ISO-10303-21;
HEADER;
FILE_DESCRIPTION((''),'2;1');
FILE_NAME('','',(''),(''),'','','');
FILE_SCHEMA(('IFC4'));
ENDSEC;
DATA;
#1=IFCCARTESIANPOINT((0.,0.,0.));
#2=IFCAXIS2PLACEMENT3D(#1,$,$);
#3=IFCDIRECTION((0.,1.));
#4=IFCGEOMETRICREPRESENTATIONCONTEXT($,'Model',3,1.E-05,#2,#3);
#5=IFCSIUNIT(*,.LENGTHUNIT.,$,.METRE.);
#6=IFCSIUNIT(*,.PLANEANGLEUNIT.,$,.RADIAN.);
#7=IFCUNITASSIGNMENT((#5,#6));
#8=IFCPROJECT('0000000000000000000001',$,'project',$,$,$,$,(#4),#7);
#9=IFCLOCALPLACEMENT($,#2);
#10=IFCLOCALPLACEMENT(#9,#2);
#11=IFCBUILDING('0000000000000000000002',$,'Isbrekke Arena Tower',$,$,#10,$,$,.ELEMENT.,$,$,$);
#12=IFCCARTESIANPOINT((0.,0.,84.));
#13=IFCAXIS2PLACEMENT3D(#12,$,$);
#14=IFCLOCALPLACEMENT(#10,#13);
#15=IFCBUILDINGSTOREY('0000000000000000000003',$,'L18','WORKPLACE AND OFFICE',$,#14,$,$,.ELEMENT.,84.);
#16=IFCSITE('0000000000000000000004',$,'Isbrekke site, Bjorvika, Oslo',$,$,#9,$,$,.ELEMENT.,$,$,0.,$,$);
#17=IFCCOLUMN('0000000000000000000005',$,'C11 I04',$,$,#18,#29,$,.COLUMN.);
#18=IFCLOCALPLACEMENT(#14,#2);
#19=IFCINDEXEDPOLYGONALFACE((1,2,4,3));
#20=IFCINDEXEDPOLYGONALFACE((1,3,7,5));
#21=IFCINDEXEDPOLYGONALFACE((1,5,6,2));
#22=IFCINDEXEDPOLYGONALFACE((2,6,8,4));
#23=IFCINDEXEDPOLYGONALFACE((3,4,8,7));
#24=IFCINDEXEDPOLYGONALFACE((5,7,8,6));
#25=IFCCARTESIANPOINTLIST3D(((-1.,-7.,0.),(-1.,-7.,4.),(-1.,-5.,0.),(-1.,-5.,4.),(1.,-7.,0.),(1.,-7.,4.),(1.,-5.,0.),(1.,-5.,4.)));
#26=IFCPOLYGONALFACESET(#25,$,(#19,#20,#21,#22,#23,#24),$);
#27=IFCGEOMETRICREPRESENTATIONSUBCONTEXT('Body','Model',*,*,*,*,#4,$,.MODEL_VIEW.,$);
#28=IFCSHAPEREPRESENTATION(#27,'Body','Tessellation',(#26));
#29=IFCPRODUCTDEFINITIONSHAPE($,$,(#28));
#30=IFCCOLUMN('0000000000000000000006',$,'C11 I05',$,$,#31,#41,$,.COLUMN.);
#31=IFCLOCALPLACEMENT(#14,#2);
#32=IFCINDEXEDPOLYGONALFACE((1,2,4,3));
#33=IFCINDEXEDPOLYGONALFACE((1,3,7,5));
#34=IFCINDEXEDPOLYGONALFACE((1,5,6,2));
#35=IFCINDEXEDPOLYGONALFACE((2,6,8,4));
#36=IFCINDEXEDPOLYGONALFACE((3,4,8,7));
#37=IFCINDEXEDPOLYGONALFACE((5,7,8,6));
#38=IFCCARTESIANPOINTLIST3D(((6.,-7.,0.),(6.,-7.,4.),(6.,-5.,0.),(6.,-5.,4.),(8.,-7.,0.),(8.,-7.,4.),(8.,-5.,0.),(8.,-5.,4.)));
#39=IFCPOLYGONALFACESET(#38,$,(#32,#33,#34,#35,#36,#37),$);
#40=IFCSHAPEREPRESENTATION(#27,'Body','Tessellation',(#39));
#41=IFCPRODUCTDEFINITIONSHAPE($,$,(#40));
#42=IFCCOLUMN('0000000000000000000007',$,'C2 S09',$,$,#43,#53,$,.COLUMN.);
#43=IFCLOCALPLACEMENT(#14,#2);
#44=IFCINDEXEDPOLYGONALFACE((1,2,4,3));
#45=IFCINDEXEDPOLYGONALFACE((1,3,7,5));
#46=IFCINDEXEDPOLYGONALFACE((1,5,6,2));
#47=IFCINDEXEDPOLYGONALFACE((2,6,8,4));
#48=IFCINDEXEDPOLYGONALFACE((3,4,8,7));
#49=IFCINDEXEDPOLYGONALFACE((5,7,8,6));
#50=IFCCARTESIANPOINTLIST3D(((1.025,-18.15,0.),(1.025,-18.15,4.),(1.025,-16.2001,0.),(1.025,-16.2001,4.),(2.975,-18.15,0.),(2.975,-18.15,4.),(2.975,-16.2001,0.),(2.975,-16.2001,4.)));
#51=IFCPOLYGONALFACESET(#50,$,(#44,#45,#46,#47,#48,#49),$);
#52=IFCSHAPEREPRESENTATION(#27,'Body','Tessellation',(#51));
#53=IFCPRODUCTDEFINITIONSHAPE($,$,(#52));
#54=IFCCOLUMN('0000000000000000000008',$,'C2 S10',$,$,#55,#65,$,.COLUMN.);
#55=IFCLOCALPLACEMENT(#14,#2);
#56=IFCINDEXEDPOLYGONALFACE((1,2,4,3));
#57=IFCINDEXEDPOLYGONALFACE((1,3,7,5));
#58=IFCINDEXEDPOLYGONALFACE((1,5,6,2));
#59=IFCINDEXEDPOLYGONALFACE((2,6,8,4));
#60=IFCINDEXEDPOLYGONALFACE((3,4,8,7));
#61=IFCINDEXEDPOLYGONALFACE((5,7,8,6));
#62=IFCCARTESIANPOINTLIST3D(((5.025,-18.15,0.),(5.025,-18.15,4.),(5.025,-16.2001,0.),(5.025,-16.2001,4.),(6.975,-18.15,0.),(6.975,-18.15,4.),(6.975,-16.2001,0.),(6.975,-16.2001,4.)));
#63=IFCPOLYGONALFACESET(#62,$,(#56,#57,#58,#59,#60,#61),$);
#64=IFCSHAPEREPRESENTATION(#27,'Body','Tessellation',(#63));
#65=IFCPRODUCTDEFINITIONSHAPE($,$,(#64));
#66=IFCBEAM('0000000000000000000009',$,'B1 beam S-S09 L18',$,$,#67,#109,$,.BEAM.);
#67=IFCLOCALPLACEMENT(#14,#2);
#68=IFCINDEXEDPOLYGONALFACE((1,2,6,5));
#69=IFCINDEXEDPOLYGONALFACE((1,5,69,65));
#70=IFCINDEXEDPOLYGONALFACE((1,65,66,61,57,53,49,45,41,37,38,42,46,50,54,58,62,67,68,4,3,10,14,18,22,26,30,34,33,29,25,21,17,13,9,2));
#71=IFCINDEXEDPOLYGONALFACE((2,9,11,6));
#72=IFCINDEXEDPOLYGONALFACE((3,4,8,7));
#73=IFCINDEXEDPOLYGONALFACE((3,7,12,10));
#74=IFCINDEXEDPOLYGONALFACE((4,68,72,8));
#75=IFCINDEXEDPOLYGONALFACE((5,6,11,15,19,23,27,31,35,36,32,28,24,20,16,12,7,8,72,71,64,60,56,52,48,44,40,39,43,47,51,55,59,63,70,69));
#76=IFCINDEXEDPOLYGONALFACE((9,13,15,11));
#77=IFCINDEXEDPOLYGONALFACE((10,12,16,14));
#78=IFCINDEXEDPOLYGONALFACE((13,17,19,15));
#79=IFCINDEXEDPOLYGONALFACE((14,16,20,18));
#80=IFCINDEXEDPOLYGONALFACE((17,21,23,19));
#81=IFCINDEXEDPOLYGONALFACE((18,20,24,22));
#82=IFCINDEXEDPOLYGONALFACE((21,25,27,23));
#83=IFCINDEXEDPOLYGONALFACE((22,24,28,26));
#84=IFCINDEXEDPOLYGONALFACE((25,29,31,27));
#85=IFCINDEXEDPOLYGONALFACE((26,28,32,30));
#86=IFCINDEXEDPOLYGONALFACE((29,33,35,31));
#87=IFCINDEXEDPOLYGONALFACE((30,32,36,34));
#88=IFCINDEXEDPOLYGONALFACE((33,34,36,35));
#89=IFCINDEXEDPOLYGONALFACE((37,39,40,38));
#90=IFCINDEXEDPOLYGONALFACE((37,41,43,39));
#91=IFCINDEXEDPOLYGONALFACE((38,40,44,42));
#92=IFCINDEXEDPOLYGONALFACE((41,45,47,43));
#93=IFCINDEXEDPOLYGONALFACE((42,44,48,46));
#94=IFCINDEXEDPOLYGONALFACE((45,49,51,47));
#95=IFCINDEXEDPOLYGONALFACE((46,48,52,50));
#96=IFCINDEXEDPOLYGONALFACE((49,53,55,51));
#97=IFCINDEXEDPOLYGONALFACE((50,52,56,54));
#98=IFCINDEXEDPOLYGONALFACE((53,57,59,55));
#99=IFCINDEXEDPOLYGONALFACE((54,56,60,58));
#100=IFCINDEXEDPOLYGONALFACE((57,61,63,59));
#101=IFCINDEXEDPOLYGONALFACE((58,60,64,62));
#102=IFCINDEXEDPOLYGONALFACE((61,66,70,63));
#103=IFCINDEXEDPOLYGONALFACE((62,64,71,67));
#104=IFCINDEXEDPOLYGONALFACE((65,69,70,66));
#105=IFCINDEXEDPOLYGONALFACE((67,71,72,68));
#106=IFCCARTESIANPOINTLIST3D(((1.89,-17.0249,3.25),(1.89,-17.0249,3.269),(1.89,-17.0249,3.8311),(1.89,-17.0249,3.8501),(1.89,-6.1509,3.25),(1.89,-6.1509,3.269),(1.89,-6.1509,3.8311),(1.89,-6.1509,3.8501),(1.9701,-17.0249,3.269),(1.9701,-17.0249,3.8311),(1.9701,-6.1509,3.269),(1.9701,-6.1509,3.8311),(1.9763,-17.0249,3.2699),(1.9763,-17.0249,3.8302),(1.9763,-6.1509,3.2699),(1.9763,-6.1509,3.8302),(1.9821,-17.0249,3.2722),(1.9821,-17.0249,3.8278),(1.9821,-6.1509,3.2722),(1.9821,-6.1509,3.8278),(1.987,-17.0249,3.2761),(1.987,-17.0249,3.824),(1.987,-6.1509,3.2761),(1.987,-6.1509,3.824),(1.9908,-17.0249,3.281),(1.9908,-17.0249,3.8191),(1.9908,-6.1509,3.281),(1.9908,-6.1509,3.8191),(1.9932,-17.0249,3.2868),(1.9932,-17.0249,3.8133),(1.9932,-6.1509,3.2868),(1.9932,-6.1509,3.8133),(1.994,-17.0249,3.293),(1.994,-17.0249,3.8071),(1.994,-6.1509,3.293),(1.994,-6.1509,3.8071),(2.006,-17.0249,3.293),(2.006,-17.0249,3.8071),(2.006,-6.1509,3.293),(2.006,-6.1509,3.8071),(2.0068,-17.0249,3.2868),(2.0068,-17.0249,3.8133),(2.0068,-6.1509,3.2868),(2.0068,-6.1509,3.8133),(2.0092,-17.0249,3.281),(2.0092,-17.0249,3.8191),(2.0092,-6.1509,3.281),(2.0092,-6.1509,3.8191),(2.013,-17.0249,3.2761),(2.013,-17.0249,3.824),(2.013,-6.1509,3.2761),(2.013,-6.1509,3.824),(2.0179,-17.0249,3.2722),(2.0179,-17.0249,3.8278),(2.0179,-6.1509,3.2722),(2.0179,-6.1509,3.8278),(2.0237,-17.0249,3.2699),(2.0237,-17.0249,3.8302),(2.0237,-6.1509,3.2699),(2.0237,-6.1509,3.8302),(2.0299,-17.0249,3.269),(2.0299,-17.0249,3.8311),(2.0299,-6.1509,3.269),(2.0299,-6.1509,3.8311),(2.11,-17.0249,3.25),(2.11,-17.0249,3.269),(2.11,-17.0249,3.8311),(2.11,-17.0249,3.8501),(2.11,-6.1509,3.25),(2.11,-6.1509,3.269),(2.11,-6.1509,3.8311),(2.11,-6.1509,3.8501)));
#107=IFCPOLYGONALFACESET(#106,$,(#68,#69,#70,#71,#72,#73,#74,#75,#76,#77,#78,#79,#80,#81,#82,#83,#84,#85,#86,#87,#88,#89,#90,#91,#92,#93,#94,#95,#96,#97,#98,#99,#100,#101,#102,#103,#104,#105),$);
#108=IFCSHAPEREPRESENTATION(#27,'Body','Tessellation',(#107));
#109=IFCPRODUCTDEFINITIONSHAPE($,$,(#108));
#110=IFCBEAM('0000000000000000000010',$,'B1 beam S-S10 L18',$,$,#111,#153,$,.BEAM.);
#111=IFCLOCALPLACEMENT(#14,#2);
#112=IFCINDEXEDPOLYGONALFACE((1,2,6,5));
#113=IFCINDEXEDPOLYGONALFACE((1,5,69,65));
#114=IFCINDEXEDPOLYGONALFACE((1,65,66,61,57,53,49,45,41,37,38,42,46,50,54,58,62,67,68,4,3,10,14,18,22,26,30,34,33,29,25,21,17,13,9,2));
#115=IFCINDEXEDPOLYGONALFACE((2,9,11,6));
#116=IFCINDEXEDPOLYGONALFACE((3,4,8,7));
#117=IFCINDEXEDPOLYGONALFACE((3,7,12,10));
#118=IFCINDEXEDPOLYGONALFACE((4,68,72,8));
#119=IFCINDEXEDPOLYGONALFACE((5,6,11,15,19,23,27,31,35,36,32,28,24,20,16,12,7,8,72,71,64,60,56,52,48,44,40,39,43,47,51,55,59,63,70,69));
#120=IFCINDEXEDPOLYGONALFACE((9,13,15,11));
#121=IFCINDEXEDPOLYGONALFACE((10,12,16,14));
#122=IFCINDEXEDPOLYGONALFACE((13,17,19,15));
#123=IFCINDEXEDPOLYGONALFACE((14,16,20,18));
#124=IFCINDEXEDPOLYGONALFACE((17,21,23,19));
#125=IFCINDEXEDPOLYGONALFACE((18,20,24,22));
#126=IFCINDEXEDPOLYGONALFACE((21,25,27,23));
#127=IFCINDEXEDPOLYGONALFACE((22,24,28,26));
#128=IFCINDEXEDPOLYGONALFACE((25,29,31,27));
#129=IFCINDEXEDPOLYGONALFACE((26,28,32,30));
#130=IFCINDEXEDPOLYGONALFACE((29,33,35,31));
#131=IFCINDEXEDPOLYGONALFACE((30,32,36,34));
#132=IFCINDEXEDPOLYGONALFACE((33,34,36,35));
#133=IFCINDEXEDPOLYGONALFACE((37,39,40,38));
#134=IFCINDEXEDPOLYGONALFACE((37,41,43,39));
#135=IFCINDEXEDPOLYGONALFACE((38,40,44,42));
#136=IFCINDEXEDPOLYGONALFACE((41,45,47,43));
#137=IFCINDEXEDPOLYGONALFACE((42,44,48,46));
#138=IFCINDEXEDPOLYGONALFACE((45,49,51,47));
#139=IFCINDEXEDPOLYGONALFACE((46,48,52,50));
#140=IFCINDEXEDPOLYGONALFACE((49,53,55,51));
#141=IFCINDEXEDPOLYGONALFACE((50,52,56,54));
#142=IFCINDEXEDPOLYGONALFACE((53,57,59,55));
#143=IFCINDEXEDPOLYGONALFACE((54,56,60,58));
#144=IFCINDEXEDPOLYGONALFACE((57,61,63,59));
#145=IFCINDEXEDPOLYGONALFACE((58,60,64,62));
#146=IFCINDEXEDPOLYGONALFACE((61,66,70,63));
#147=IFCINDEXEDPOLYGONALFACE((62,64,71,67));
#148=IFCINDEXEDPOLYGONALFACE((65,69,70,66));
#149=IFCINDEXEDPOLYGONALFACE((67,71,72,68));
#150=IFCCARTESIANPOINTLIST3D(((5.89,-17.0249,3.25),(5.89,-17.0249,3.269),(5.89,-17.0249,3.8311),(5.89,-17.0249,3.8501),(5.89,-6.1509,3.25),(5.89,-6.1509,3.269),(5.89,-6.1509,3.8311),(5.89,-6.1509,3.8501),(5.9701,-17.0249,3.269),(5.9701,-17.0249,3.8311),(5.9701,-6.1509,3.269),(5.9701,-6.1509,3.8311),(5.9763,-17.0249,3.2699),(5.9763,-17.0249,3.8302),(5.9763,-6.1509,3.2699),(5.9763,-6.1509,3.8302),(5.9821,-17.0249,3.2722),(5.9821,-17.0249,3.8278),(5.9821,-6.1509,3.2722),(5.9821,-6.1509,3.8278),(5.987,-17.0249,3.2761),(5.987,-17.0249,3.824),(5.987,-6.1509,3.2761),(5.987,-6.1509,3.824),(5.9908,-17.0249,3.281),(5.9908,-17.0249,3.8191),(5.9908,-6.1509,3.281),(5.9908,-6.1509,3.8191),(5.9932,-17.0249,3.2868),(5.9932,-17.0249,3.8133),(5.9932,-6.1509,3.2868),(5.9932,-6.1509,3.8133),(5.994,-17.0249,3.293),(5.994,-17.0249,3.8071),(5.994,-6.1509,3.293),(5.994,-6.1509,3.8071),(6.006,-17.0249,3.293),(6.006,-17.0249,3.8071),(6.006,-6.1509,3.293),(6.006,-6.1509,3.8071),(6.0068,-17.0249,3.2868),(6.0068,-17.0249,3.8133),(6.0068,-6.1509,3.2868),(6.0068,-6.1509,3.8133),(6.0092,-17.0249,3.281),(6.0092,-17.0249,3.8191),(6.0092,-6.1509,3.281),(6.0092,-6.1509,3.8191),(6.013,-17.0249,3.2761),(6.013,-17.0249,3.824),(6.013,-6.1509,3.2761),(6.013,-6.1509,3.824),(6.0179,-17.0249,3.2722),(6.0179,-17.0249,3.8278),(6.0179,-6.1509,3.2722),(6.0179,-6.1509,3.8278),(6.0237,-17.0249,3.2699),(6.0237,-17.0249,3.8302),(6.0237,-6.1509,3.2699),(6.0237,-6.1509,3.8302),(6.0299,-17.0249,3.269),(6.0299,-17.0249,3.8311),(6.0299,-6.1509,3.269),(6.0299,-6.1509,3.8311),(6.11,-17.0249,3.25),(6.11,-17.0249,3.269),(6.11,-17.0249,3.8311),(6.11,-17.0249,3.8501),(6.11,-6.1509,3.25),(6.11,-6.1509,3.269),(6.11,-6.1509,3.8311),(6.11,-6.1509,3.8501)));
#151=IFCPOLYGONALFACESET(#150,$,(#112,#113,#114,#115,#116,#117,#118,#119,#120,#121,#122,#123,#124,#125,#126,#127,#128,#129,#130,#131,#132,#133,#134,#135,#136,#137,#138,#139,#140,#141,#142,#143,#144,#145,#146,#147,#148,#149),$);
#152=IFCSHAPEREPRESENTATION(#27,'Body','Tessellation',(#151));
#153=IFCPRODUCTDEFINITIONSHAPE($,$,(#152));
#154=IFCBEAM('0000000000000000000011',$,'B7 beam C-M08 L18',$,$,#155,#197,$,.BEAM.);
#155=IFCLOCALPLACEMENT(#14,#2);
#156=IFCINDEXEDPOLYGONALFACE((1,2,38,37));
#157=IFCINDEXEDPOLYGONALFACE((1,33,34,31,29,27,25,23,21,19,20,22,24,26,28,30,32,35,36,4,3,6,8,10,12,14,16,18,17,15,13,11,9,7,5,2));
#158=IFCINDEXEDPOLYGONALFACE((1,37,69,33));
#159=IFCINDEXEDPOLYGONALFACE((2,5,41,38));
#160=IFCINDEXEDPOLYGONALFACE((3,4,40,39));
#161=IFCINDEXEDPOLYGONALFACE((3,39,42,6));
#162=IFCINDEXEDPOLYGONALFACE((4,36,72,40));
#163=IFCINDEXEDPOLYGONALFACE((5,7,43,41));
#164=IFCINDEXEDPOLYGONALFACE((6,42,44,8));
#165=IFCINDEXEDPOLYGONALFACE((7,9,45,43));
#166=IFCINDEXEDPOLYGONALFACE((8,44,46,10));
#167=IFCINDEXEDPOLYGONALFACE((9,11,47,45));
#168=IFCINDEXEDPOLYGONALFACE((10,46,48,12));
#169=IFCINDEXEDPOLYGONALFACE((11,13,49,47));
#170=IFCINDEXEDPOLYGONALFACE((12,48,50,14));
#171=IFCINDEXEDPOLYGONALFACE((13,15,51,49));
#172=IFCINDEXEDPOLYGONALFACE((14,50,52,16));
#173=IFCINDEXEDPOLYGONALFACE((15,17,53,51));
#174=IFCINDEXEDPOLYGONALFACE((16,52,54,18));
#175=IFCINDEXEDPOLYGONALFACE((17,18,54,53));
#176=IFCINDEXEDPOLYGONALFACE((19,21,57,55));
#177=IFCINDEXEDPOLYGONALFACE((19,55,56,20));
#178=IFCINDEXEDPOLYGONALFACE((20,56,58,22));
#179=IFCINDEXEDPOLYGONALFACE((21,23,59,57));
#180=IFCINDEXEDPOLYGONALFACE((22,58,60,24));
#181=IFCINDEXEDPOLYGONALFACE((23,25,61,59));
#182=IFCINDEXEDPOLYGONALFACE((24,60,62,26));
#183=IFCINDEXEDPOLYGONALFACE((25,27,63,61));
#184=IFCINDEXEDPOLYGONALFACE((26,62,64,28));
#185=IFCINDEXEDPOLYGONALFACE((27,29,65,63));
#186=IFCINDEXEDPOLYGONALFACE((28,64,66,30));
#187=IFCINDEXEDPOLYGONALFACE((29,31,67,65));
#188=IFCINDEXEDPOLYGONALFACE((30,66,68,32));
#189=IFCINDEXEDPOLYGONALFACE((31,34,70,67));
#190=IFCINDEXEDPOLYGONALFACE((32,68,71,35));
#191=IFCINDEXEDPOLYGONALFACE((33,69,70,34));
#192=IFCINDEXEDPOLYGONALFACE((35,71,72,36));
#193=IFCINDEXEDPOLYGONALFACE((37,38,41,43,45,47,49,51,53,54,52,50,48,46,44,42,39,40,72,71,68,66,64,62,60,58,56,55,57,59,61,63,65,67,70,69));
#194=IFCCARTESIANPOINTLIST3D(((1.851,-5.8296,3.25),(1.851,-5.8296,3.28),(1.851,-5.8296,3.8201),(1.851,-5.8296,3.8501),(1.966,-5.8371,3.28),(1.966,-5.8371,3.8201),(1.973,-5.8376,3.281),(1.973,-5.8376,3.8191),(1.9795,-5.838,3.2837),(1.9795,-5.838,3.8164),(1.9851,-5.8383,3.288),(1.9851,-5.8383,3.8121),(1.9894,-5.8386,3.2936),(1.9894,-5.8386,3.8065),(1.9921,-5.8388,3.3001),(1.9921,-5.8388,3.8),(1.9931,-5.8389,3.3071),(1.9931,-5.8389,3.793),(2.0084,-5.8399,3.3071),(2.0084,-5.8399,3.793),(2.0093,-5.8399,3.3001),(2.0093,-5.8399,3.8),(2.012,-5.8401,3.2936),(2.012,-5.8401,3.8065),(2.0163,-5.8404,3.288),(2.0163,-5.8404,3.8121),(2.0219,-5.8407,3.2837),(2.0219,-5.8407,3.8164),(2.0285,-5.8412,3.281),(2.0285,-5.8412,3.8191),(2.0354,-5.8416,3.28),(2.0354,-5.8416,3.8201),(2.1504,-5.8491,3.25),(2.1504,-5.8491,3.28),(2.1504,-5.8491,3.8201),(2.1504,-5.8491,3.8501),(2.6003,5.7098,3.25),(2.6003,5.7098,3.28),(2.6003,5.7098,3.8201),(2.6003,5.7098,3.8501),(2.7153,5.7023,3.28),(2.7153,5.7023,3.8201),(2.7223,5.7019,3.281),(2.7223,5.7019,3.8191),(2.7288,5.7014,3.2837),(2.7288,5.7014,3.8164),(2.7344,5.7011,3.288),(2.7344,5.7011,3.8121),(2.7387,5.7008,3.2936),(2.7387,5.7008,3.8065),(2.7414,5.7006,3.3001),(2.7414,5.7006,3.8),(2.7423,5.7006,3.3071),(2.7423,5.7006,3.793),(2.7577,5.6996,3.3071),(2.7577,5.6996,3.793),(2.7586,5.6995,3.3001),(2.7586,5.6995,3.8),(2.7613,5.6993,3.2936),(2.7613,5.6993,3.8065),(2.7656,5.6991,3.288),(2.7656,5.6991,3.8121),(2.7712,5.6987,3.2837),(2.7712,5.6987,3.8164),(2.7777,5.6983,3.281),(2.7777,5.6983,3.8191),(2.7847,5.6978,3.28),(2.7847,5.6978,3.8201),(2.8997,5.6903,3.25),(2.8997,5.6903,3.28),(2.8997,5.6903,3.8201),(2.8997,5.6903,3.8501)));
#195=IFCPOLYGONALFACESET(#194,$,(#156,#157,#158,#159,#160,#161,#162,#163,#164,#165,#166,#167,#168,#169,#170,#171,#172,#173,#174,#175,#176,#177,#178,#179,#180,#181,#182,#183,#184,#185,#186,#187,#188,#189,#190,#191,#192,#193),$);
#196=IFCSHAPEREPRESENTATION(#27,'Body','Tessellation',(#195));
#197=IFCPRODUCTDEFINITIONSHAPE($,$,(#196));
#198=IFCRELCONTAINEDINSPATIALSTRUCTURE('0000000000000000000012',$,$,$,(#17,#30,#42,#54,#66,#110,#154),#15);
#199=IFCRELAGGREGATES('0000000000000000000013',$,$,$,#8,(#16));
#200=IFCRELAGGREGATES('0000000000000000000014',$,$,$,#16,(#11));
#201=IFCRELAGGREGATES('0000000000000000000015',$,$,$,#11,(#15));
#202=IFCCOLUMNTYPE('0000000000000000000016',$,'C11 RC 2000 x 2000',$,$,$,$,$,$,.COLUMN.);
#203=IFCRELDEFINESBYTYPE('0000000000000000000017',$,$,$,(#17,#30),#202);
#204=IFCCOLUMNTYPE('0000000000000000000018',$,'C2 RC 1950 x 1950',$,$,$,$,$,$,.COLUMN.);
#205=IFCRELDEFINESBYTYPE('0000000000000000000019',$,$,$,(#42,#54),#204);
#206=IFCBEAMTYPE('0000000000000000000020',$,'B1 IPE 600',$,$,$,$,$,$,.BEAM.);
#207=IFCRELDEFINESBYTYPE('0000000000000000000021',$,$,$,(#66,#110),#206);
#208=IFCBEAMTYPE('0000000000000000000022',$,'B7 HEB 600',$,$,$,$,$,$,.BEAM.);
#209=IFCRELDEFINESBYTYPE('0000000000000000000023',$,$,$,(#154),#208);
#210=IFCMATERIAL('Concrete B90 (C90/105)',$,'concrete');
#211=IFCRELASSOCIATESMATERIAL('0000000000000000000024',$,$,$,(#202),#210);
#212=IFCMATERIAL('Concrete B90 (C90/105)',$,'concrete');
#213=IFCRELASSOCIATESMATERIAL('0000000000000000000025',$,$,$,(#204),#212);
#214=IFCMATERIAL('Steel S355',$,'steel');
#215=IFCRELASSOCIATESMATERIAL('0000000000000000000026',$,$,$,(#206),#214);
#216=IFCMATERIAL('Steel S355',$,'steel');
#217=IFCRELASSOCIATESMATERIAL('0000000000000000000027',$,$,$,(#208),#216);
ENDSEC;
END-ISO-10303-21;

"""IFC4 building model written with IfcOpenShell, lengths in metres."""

from ifc_helpers import new_model, si_unit, direction, frame, origin, origin_2d, place, context, subcontext, project, spatial, rectangle, i_section, extrude, material, material_profile, profile_set, type_object, element, save


model = new_model("IFC4")

# Units and contexts
model_context = context("Model", 3, precision=1e-05, world=origin(), true_north=direction((0.0, 1.0)))
body_context = subcontext(model_context, "Body", "Model", "MODEL_VIEW")
ifc_project = project(units=[si_unit("LENGTHUNIT", "METRE"), si_unit("PLANEANGLEUNIT", "RADIAN")], contexts=[model_context])

# Site, building, storey
site_placement = place(None, origin())
site = spatial("IfcSite", under=ifc_project, at=site_placement, Name="Isbrekke site, Bjorvika, Oslo", CompositionType="ELEMENT", RefElevation=0.0)
building_placement = place(site_placement, origin())
building = spatial("IfcBuilding", under=site, at=building_placement, Name="Isbrekke Arena Tower", CompositionType="ELEMENT")
storey_placement = place(building_placement, frame((0.0, 0.0, 84.0)))
storey = spatial("IfcBuildingStorey", under=building, at=storey_placement, Name="L18", Description="WORKPLACE AND OFFICE", CompositionType="ELEMENT", Elevation=84.0)

# Columns
ifc_material_1 = material(Name="Concrete B90 (C90/105)", Category="concrete")
ifc_material_profile_1 = material_profile(ifc_material_1, rectangle(XDim=2.0, YDim=2.0, at=origin_2d()), Name="RC 2000x2000")
ifc_profile_set_1 = profile_set([ifc_material_profile_1], Name="Concrete B90 (C90/105)")
column_type_1 = type_object("IfcColumnType", Name="C11 RC 2000 x 2000", PredefinedType="COLUMN", material=ifc_profile_set_1)
for number, where, z_axis, x_axis, name in (
    (1, (0.0, -6.0, 0.0), (0.0, 0.0, 1.0), (1.0, 0.0, 0.0), "C11 I04"),
    (2, (7.0, -6.0, 0.0), (0.0, 0.0, 1.0), (1.0, 0.0, 0.0), "C11 I05"),
):
    element("IfcColumn", number, at=place(storey_placement, frame(where, z_axis=z_axis, x_axis=x_axis)), inside=storey, type_object=column_type_1, Name=name, PredefinedType="COLUMN", context=body_context, shape_type="SweptSolid", body=[
        extrude(rectangle(XDim=2.0, YDim=2.0, at=origin_2d()), origin(), (0.0, 0.0, 1.0), 4.0),
    ])
ifc_material_2 = material(Name="Concrete B90 (C90/105)", Category="concrete")
ifc_material_profile_2 = material_profile(ifc_material_2, rectangle(XDim=1.95, YDim=1.95, at=origin_2d()), Name="RC 1950x1950")
ifc_profile_set_2 = profile_set([ifc_material_profile_2], Name="Concrete B90 (C90/105)")
column_type_2 = type_object("IfcColumnType", Name="C2 RC 1950 x 1950", PredefinedType="COLUMN", material=ifc_profile_set_2)
for number, where, z_axis, x_axis, name in (
    (3, (2.0, -17.175, 0.0), (0.0, 0.0, 1.0), (1.0, 0.0, 0.0), "C2 S09"),
    (4, (6.0, -17.175, 0.0), (0.0, 0.0, 1.0), (1.0, 0.0, 0.0), "C2 S10"),
):
    element("IfcColumn", number, at=place(storey_placement, frame(where, z_axis=z_axis, x_axis=x_axis)), inside=storey, type_object=column_type_2, Name=name, PredefinedType="COLUMN", context=body_context, shape_type="SweptSolid", body=[
        extrude(rectangle(XDim=1.95, YDim=1.95, at=origin_2d()), origin(), (0.0, 0.0, 1.0), 4.0),
    ])

# Beams
ifc_material_3 = material(Name="Steel S355", Category="steel")
ifc_material_profile_3 = material_profile(ifc_material_3, i_section(OverallWidth=0.22, OverallDepth=0.6001, WebThickness=0.012, FlangeThickness=0.019, FilletRadius=0.0239, at=origin_2d()), Name="IPE 600")
ifc_profile_set_3 = profile_set([ifc_material_profile_3], Name="Steel S355")
beam_type_1 = type_object("IfcBeamType", Name="B1 IPE 600", PredefinedType="BEAM", material=ifc_profile_set_3)
for number, where, z_axis, x_axis, name in (
    (5, (2.0, -17.0249, 3.55), (0.0, 1.0, 0.0), (-1.0, 0.0, 0.0), "B1 beam S-S09 L18"),
    (6, (6.0, -17.0249, 3.55), (0.0, 1.0, 0.0), (-1.0, 0.0, 0.0), "B1 beam S-S10 L18"),
):
    element("IfcBeam", number, at=place(storey_placement, frame(where, z_axis=z_axis, x_axis=x_axis)), inside=storey, type_object=beam_type_1, Name=name, PredefinedType="BEAM", context=body_context, shape_type="SweptSolid", body=[
        extrude(i_section(OverallWidth=0.22, OverallDepth=0.6001, WebThickness=0.012, FlangeThickness=0.019, FilletRadius=0.0239, at=origin_2d()), origin(), (0.0, 0.0, 1.0), 10.874),
    ])
ifc_material_4 = material(Name="Steel S355", Category="steel")
ifc_material_profile_4 = material_profile(ifc_material_4, i_section(OverallWidth=0.3, OverallDepth=0.6001, WebThickness=0.0154, FlangeThickness=0.03, FilletRadius=0.0271, at=origin_2d()), Name="HEB 600")
ifc_profile_set_4 = profile_set([ifc_material_profile_4], Name="Steel S355")
beam_type_2 = type_object("IfcBeamType", Name="B7 HEB 600", PredefinedType="BEAM", material=ifc_profile_set_4)
beam_1_placement = place(storey_placement, frame((2.0007, -5.8394, 3.55), z_axis=(0.064795, 0.997899, 0.0), x_axis=(-0.997899, 0.064795, 0.0)))
element("IfcBeam", 7, at=beam_1_placement, inside=storey, type_object=beam_type_2, Name="B7 beam C-M08 L18", PredefinedType="BEAM", context=body_context, shape_type="SweptSolid", body=[
    extrude(i_section(OverallWidth=0.3, OverallDepth=0.6001, WebThickness=0.0154, FlangeThickness=0.03, FilletRadius=0.0271, at=origin_2d()), origin(), (0.0, 0.0, 1.0), 11.5637),
])

save(model, "model.ifc")
